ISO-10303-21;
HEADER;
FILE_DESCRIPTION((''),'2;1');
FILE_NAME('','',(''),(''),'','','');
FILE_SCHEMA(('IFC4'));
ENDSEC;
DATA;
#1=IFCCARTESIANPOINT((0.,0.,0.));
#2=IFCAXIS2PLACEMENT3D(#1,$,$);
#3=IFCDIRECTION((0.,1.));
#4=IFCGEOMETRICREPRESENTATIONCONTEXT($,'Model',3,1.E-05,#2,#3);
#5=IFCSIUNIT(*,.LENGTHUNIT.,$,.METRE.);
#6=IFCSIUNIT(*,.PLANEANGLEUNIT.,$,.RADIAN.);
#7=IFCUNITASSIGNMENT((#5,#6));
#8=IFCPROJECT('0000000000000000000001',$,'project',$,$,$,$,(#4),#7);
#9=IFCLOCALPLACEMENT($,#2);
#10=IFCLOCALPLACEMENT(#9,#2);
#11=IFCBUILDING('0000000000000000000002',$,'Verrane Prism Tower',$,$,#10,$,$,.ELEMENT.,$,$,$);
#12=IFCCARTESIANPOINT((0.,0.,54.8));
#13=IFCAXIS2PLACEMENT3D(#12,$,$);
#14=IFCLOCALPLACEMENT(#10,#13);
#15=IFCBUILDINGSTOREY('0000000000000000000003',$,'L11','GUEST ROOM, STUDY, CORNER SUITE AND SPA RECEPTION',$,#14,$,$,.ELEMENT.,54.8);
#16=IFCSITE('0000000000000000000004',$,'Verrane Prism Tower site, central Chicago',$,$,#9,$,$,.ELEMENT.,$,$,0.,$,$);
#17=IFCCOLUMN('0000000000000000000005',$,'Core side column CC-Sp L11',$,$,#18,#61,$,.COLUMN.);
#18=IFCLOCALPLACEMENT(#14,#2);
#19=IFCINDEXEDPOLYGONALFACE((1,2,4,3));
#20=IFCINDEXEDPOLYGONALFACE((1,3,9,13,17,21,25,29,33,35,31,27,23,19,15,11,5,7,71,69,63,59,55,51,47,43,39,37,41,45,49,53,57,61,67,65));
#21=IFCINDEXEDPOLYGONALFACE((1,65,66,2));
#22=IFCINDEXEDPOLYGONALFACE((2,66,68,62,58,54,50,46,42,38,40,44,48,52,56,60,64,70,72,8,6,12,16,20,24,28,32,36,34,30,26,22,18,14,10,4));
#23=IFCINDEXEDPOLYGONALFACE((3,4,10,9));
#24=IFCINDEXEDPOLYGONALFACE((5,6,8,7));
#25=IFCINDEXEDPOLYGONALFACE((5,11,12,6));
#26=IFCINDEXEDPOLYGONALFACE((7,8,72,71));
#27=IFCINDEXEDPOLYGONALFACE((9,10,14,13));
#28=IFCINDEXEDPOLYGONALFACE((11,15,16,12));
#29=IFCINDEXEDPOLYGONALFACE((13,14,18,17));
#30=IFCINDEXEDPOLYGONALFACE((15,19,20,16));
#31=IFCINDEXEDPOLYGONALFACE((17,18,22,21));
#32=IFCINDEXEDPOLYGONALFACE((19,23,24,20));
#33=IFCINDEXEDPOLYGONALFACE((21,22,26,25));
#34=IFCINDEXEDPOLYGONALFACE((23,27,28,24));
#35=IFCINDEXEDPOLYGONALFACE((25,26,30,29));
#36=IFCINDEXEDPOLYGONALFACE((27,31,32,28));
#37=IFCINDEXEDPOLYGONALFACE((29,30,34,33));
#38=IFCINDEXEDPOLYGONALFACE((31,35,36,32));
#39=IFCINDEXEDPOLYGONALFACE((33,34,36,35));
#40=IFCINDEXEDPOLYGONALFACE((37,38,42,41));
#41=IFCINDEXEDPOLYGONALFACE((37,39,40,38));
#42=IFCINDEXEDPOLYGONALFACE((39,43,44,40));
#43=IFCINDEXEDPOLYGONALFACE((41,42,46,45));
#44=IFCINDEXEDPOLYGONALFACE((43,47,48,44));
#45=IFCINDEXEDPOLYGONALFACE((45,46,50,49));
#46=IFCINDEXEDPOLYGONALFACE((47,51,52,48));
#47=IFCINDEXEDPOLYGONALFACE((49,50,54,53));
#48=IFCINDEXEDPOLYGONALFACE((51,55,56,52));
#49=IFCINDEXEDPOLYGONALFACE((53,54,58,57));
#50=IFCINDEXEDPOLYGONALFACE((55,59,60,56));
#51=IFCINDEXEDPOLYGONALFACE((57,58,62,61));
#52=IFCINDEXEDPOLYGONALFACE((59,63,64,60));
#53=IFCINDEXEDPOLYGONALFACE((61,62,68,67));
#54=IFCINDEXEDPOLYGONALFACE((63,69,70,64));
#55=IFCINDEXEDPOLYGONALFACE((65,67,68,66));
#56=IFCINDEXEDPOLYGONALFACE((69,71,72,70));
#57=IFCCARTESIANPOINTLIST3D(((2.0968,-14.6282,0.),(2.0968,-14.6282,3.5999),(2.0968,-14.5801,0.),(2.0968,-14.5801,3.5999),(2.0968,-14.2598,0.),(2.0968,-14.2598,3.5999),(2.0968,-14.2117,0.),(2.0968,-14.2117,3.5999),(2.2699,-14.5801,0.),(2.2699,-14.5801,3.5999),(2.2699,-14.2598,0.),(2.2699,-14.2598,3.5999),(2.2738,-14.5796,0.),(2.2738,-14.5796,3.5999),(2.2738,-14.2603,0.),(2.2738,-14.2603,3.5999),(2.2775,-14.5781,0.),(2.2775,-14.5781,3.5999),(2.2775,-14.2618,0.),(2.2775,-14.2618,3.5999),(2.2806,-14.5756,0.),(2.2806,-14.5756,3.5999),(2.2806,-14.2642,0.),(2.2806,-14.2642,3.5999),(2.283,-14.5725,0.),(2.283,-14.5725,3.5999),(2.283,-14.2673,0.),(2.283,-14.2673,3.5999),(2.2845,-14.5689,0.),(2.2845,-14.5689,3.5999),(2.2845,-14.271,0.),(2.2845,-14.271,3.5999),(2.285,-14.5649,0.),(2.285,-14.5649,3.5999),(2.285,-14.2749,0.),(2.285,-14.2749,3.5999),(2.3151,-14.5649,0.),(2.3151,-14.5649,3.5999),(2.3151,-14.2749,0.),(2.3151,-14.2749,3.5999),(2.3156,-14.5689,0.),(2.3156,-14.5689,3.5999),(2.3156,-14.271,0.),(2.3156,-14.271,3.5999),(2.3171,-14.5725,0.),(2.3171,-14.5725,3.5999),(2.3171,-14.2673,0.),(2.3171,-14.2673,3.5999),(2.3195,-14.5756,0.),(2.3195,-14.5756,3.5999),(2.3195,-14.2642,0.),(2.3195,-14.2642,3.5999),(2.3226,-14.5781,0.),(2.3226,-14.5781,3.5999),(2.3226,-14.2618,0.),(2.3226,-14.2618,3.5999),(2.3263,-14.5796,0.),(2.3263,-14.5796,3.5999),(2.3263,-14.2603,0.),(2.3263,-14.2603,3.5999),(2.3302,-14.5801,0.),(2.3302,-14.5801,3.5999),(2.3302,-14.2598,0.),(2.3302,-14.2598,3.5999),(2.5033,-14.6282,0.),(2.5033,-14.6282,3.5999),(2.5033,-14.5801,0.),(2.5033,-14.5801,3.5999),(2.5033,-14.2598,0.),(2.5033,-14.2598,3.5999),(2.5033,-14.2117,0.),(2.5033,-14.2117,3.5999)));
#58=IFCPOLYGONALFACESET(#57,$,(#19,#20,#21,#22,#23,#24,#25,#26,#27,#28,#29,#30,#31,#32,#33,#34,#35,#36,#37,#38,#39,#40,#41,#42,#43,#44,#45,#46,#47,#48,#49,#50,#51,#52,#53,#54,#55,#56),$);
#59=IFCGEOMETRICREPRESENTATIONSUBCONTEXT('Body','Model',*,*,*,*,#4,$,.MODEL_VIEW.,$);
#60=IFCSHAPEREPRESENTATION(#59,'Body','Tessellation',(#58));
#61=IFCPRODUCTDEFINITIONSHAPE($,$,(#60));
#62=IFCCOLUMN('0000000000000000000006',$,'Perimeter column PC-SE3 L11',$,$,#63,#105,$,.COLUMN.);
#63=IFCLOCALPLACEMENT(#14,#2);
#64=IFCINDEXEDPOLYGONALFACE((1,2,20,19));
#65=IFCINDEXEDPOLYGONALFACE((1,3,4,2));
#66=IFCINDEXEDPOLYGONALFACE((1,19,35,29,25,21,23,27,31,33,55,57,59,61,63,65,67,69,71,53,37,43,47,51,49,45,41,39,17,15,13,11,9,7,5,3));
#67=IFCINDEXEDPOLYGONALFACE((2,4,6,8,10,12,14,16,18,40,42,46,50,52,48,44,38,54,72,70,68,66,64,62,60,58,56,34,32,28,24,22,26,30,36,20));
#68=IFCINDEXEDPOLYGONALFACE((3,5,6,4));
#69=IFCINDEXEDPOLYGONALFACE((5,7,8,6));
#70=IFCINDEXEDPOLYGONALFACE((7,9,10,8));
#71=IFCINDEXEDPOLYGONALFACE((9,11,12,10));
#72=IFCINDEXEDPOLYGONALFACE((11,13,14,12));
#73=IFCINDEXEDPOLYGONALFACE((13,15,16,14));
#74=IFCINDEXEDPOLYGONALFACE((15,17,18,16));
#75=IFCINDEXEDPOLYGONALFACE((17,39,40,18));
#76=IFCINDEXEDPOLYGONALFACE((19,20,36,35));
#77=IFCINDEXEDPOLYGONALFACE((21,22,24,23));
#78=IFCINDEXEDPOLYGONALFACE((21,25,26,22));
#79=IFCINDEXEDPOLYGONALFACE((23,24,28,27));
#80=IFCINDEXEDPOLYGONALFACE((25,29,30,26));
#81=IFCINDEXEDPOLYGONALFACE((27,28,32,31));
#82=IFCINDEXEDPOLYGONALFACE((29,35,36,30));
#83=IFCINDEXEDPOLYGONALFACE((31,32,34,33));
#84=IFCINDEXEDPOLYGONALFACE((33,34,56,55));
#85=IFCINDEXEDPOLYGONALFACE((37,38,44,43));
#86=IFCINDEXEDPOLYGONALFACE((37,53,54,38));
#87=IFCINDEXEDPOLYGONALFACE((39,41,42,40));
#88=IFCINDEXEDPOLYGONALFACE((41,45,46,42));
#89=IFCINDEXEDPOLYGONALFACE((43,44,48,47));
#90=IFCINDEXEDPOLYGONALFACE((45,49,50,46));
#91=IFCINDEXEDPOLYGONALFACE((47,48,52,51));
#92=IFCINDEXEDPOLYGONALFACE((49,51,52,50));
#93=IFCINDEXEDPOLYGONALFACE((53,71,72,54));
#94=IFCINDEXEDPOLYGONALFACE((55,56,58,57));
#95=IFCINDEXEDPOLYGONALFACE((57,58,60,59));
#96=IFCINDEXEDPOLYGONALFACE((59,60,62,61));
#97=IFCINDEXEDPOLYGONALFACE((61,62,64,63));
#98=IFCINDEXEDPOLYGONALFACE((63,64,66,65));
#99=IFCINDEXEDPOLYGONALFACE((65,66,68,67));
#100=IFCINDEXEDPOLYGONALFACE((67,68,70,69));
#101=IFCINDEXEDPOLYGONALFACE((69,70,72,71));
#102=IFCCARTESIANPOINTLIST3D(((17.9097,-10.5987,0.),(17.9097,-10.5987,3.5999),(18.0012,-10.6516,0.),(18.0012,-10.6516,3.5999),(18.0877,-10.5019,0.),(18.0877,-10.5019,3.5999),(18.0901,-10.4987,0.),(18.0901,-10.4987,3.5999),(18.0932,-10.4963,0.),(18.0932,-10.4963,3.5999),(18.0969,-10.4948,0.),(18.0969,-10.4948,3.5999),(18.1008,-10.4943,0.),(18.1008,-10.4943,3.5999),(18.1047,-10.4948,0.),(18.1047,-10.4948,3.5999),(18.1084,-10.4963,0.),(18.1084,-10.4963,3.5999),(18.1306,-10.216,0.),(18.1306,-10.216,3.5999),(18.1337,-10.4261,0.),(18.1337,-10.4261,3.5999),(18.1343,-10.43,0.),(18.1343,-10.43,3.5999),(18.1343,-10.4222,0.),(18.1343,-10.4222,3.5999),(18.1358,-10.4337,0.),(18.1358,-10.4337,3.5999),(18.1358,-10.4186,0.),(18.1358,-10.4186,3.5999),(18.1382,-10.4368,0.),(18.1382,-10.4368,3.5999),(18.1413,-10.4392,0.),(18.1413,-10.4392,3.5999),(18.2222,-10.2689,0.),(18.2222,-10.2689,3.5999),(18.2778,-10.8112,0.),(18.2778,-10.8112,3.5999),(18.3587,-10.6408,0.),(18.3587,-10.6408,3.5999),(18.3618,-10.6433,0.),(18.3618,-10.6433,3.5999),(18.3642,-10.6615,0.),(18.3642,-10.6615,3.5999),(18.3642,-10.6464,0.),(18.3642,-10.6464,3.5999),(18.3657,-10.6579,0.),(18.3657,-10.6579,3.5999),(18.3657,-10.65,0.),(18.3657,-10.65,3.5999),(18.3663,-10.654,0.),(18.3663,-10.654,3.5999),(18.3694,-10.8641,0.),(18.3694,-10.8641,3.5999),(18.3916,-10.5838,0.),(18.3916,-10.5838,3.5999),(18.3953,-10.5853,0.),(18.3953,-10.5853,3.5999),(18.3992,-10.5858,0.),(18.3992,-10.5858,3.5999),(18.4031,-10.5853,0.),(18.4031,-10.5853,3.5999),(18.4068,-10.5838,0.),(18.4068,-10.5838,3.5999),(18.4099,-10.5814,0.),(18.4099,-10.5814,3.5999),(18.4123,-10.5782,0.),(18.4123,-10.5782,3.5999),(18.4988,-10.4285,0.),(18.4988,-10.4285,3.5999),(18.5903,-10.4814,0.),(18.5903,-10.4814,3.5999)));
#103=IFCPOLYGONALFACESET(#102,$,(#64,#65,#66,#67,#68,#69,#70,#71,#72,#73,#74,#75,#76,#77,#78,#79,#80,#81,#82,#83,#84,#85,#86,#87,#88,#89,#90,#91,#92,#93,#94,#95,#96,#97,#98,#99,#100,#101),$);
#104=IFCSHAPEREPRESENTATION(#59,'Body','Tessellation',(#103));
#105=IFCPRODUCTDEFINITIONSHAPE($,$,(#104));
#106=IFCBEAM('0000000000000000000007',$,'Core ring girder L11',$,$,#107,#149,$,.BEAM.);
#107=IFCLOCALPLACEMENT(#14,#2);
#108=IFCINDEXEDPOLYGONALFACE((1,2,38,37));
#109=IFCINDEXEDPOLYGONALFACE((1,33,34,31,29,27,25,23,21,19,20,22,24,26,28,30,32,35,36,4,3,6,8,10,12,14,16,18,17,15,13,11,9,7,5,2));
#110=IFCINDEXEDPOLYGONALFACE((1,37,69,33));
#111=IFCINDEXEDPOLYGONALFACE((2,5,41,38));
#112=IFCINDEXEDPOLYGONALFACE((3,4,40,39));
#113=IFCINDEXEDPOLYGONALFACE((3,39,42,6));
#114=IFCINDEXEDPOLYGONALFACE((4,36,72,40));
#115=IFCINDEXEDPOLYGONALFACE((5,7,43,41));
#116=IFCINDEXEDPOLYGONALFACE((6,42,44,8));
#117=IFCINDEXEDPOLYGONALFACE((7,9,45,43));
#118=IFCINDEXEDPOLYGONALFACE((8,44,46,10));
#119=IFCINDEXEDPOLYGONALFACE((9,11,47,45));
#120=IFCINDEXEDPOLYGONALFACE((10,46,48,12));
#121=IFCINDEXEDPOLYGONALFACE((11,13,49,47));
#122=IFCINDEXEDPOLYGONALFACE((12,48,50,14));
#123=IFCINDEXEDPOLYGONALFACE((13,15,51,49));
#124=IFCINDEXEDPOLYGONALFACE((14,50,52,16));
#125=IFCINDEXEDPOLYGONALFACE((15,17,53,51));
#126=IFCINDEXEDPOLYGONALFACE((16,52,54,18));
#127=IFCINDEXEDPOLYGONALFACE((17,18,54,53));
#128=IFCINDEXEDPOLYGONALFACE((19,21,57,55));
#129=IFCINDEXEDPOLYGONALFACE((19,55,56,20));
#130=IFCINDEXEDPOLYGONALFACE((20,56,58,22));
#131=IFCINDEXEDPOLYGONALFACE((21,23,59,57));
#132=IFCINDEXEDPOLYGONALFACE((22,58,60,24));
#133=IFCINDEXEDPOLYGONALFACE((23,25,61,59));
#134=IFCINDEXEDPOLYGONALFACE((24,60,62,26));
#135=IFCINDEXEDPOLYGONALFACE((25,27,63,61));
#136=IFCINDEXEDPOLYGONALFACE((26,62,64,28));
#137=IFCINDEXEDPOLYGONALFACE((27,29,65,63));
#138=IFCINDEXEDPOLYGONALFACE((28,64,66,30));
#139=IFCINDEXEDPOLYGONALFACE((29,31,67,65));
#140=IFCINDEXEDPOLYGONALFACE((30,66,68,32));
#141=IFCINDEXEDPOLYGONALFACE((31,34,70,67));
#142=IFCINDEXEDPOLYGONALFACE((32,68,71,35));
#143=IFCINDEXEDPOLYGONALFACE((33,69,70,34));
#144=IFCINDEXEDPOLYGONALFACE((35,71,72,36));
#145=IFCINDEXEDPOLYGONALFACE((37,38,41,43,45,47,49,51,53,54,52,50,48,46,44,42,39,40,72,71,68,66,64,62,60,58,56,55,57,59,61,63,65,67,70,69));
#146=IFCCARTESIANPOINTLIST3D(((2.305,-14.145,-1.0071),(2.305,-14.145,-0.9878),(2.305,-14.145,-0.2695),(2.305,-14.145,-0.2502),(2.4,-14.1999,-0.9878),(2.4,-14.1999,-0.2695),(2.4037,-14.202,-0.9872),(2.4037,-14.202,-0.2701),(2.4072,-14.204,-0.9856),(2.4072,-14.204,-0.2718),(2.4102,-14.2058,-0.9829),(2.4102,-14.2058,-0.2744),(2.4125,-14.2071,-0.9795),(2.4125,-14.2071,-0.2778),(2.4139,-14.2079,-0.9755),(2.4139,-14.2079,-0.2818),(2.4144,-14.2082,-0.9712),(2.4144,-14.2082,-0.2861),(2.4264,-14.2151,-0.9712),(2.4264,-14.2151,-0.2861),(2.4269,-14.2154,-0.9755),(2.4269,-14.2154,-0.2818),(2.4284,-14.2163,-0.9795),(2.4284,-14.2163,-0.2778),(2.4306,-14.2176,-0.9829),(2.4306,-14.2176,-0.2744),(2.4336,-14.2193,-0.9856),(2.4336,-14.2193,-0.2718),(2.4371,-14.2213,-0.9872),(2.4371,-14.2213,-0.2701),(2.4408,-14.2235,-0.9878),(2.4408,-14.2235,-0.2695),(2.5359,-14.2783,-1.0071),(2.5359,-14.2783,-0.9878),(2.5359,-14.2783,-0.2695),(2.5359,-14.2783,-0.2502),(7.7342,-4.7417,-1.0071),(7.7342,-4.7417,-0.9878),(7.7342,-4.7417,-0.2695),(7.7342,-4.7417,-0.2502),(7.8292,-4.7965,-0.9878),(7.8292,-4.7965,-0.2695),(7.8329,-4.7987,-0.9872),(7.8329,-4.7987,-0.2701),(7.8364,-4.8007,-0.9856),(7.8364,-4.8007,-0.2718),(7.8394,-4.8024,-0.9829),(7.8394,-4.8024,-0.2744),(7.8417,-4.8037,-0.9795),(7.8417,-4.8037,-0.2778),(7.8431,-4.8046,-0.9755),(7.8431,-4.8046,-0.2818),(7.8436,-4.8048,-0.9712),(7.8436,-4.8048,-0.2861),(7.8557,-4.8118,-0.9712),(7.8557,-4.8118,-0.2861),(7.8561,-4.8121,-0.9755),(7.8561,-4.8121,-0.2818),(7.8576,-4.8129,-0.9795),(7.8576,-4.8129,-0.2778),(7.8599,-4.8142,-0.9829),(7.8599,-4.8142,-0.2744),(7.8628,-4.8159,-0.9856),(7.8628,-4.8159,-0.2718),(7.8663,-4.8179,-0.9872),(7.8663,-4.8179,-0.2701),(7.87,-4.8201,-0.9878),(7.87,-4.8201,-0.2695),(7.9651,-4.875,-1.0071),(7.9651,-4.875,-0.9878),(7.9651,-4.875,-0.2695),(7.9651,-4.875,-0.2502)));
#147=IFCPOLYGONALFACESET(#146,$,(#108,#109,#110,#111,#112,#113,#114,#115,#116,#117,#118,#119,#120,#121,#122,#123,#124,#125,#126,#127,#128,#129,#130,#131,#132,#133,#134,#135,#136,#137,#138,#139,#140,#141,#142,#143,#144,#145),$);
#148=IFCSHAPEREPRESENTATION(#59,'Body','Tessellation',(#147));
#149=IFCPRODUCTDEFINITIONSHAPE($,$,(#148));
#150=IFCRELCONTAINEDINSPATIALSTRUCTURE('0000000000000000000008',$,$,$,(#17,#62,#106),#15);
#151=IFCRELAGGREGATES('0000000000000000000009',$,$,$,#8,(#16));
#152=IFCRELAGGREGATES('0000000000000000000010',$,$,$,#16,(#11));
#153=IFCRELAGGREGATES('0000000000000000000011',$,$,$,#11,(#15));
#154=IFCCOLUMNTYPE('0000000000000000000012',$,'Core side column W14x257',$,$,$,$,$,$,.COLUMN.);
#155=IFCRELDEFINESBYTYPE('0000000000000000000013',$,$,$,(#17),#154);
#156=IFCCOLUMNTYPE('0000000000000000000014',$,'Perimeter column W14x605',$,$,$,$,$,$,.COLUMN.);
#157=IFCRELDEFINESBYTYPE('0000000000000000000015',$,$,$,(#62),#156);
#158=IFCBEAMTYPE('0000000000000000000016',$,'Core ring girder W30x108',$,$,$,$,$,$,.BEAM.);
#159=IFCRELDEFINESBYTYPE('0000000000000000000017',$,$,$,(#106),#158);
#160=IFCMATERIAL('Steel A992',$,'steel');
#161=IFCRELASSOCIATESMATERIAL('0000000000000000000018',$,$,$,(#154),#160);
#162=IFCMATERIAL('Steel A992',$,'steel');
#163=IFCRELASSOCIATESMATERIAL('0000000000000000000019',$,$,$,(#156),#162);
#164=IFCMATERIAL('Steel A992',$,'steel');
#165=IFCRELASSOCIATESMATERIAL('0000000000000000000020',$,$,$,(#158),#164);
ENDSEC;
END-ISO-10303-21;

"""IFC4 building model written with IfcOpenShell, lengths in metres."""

from ifc_helpers import new_model, si_unit, direction, frame, origin, origin_2d, place, context, subcontext, project, spatial, i_section, extrude, material, material_profile, profile_set, type_object, element, save


model = new_model("IFC4")

# Units and contexts
model_context = context("Model", 3, precision=1e-05, world=origin(), true_north=direction((0.0, 1.0)))
body_context = subcontext(model_context, "Body", "Model", "MODEL_VIEW")
ifc_project = project(units=[si_unit("LENGTHUNIT", "METRE"), si_unit("PLANEANGLEUNIT", "RADIAN")], contexts=[model_context])

# Site, building, storey
site_placement = place(None, origin())
site = spatial("IfcSite", under=ifc_project, at=site_placement, Name="Verrane Prism Tower site, central Chicago", CompositionType="ELEMENT", RefElevation=0.0)
building_placement = place(site_placement, origin())
building = spatial("IfcBuilding", under=site, at=building_placement, Name="Verrane Prism Tower", CompositionType="ELEMENT")
storey_placement = place(building_placement, frame((0.0, 0.0, 54.8)))
storey = spatial("IfcBuildingStorey", under=building, at=storey_placement, Name="L11", Description="GUEST ROOM, STUDY, CORNER SUITE AND SPA RECEPTION", CompositionType="ELEMENT", Elevation=54.8)

# Columns
ifc_material_1 = material(Name="Steel A992", Category="steel")
ifc_material_profile_1 = material_profile(ifc_material_1, i_section(OverallWidth=0.4065, OverallDepth=0.4165, WebThickness=0.03, FlangeThickness=0.0481, FilletRadius=0.0151, at=origin_2d()), Name="W14x257")
ifc_profile_set_1 = profile_set([ifc_material_profile_1], Name="Steel A992")
column_type_1 = type_object("IfcColumnType", Name="Core side column W14x257", PredefinedType="COLUMN", material=ifc_profile_set_1)
column_1_placement = place(storey_placement, frame((2.3, -14.4199, 0.0), z_axis=(0.0, 0.0, 1.0), x_axis=(1.0, 0.0, 0.0)))
element("IfcColumn", 1, at=column_1_placement, inside=storey, type_object=column_type_1, Name="Core side column CC-Sp L11", PredefinedType="COLUMN", context=body_context, shape_type="SweptSolid", body=[
    extrude(i_section(OverallWidth=0.4065, OverallDepth=0.4165, WebThickness=0.03, FlangeThickness=0.0481, FilletRadius=0.0151, at=origin_2d()), origin(), (0.0, 0.0, 1.0), 3.5999),
])
ifc_material_2 = material(Name="Steel A992", Category="steel")
ifc_material_profile_2 = material_profile(ifc_material_2, i_section(OverallWidth=0.4419, OverallDepth=0.5308, WebThickness=0.0659, FlangeThickness=0.1057, FilletRadius=0.0151, at=origin_2d()), Name="W14x605")
ifc_profile_set_2 = profile_set([ifc_material_profile_2], Name="Steel A992")
column_type_2 = type_object("IfcColumnType", Name="Perimeter column W14x605", PredefinedType="COLUMN", material=ifc_profile_set_2)
column_2_placement = place(storey_placement, frame((18.25, -10.54, 0.0), z_axis=(0.0, 0.0, 1.0), x_axis=(-0.5, -0.866025, 0.0)))
element("IfcColumn", 2, at=column_2_placement, inside=storey, type_object=column_type_2, Name="Perimeter column PC-SE3 L11", PredefinedType="COLUMN", context=body_context, shape_type="SweptSolid", body=[
    extrude(i_section(OverallWidth=0.4419, OverallDepth=0.5308, WebThickness=0.0659, FlangeThickness=0.1057, FilletRadius=0.0151, at=origin_2d()), origin(), (0.0, 0.0, 1.0), 3.5999),
])

# Beam
ifc_material_3 = material(Name="Steel A992", Category="steel")
ifc_material_profile_3 = material_profile(ifc_material_3, i_section(OverallWidth=0.2666, OverallDepth=0.7568, WebThickness=0.0139, FlangeThickness=0.0193, FilletRadius=0.0166, at=origin_2d()), Name="W30x108")
ifc_profile_set_3 = profile_set([ifc_material_profile_3], Name="Steel A992")
beam_type_1 = type_object("IfcBeamType", Name="Core ring girder W30x108", PredefinedType="BEAM", material=ifc_profile_set_3)
beam_1_placement = place(storey_placement, frame((2.4204, -14.2117, -0.6287), z_axis=(0.500013, 0.866018, 0.0), x_axis=(-0.866018, 0.500013, 0.0)))
element("IfcBeam", 3, at=beam_1_placement, inside=storey, type_object=beam_type_1, Name="Core ring girder L11", PredefinedType="BEAM", context=body_context, shape_type="SweptSolid", body=[
    extrude(i_section(OverallWidth=0.2666, OverallDepth=0.7568, WebThickness=0.0139, FlangeThickness=0.0193, FilletRadius=0.0166, at=origin_2d()), origin(), (0.0, 0.0, 1.0), 10.8582),
])

save(model, "model.ifc")
